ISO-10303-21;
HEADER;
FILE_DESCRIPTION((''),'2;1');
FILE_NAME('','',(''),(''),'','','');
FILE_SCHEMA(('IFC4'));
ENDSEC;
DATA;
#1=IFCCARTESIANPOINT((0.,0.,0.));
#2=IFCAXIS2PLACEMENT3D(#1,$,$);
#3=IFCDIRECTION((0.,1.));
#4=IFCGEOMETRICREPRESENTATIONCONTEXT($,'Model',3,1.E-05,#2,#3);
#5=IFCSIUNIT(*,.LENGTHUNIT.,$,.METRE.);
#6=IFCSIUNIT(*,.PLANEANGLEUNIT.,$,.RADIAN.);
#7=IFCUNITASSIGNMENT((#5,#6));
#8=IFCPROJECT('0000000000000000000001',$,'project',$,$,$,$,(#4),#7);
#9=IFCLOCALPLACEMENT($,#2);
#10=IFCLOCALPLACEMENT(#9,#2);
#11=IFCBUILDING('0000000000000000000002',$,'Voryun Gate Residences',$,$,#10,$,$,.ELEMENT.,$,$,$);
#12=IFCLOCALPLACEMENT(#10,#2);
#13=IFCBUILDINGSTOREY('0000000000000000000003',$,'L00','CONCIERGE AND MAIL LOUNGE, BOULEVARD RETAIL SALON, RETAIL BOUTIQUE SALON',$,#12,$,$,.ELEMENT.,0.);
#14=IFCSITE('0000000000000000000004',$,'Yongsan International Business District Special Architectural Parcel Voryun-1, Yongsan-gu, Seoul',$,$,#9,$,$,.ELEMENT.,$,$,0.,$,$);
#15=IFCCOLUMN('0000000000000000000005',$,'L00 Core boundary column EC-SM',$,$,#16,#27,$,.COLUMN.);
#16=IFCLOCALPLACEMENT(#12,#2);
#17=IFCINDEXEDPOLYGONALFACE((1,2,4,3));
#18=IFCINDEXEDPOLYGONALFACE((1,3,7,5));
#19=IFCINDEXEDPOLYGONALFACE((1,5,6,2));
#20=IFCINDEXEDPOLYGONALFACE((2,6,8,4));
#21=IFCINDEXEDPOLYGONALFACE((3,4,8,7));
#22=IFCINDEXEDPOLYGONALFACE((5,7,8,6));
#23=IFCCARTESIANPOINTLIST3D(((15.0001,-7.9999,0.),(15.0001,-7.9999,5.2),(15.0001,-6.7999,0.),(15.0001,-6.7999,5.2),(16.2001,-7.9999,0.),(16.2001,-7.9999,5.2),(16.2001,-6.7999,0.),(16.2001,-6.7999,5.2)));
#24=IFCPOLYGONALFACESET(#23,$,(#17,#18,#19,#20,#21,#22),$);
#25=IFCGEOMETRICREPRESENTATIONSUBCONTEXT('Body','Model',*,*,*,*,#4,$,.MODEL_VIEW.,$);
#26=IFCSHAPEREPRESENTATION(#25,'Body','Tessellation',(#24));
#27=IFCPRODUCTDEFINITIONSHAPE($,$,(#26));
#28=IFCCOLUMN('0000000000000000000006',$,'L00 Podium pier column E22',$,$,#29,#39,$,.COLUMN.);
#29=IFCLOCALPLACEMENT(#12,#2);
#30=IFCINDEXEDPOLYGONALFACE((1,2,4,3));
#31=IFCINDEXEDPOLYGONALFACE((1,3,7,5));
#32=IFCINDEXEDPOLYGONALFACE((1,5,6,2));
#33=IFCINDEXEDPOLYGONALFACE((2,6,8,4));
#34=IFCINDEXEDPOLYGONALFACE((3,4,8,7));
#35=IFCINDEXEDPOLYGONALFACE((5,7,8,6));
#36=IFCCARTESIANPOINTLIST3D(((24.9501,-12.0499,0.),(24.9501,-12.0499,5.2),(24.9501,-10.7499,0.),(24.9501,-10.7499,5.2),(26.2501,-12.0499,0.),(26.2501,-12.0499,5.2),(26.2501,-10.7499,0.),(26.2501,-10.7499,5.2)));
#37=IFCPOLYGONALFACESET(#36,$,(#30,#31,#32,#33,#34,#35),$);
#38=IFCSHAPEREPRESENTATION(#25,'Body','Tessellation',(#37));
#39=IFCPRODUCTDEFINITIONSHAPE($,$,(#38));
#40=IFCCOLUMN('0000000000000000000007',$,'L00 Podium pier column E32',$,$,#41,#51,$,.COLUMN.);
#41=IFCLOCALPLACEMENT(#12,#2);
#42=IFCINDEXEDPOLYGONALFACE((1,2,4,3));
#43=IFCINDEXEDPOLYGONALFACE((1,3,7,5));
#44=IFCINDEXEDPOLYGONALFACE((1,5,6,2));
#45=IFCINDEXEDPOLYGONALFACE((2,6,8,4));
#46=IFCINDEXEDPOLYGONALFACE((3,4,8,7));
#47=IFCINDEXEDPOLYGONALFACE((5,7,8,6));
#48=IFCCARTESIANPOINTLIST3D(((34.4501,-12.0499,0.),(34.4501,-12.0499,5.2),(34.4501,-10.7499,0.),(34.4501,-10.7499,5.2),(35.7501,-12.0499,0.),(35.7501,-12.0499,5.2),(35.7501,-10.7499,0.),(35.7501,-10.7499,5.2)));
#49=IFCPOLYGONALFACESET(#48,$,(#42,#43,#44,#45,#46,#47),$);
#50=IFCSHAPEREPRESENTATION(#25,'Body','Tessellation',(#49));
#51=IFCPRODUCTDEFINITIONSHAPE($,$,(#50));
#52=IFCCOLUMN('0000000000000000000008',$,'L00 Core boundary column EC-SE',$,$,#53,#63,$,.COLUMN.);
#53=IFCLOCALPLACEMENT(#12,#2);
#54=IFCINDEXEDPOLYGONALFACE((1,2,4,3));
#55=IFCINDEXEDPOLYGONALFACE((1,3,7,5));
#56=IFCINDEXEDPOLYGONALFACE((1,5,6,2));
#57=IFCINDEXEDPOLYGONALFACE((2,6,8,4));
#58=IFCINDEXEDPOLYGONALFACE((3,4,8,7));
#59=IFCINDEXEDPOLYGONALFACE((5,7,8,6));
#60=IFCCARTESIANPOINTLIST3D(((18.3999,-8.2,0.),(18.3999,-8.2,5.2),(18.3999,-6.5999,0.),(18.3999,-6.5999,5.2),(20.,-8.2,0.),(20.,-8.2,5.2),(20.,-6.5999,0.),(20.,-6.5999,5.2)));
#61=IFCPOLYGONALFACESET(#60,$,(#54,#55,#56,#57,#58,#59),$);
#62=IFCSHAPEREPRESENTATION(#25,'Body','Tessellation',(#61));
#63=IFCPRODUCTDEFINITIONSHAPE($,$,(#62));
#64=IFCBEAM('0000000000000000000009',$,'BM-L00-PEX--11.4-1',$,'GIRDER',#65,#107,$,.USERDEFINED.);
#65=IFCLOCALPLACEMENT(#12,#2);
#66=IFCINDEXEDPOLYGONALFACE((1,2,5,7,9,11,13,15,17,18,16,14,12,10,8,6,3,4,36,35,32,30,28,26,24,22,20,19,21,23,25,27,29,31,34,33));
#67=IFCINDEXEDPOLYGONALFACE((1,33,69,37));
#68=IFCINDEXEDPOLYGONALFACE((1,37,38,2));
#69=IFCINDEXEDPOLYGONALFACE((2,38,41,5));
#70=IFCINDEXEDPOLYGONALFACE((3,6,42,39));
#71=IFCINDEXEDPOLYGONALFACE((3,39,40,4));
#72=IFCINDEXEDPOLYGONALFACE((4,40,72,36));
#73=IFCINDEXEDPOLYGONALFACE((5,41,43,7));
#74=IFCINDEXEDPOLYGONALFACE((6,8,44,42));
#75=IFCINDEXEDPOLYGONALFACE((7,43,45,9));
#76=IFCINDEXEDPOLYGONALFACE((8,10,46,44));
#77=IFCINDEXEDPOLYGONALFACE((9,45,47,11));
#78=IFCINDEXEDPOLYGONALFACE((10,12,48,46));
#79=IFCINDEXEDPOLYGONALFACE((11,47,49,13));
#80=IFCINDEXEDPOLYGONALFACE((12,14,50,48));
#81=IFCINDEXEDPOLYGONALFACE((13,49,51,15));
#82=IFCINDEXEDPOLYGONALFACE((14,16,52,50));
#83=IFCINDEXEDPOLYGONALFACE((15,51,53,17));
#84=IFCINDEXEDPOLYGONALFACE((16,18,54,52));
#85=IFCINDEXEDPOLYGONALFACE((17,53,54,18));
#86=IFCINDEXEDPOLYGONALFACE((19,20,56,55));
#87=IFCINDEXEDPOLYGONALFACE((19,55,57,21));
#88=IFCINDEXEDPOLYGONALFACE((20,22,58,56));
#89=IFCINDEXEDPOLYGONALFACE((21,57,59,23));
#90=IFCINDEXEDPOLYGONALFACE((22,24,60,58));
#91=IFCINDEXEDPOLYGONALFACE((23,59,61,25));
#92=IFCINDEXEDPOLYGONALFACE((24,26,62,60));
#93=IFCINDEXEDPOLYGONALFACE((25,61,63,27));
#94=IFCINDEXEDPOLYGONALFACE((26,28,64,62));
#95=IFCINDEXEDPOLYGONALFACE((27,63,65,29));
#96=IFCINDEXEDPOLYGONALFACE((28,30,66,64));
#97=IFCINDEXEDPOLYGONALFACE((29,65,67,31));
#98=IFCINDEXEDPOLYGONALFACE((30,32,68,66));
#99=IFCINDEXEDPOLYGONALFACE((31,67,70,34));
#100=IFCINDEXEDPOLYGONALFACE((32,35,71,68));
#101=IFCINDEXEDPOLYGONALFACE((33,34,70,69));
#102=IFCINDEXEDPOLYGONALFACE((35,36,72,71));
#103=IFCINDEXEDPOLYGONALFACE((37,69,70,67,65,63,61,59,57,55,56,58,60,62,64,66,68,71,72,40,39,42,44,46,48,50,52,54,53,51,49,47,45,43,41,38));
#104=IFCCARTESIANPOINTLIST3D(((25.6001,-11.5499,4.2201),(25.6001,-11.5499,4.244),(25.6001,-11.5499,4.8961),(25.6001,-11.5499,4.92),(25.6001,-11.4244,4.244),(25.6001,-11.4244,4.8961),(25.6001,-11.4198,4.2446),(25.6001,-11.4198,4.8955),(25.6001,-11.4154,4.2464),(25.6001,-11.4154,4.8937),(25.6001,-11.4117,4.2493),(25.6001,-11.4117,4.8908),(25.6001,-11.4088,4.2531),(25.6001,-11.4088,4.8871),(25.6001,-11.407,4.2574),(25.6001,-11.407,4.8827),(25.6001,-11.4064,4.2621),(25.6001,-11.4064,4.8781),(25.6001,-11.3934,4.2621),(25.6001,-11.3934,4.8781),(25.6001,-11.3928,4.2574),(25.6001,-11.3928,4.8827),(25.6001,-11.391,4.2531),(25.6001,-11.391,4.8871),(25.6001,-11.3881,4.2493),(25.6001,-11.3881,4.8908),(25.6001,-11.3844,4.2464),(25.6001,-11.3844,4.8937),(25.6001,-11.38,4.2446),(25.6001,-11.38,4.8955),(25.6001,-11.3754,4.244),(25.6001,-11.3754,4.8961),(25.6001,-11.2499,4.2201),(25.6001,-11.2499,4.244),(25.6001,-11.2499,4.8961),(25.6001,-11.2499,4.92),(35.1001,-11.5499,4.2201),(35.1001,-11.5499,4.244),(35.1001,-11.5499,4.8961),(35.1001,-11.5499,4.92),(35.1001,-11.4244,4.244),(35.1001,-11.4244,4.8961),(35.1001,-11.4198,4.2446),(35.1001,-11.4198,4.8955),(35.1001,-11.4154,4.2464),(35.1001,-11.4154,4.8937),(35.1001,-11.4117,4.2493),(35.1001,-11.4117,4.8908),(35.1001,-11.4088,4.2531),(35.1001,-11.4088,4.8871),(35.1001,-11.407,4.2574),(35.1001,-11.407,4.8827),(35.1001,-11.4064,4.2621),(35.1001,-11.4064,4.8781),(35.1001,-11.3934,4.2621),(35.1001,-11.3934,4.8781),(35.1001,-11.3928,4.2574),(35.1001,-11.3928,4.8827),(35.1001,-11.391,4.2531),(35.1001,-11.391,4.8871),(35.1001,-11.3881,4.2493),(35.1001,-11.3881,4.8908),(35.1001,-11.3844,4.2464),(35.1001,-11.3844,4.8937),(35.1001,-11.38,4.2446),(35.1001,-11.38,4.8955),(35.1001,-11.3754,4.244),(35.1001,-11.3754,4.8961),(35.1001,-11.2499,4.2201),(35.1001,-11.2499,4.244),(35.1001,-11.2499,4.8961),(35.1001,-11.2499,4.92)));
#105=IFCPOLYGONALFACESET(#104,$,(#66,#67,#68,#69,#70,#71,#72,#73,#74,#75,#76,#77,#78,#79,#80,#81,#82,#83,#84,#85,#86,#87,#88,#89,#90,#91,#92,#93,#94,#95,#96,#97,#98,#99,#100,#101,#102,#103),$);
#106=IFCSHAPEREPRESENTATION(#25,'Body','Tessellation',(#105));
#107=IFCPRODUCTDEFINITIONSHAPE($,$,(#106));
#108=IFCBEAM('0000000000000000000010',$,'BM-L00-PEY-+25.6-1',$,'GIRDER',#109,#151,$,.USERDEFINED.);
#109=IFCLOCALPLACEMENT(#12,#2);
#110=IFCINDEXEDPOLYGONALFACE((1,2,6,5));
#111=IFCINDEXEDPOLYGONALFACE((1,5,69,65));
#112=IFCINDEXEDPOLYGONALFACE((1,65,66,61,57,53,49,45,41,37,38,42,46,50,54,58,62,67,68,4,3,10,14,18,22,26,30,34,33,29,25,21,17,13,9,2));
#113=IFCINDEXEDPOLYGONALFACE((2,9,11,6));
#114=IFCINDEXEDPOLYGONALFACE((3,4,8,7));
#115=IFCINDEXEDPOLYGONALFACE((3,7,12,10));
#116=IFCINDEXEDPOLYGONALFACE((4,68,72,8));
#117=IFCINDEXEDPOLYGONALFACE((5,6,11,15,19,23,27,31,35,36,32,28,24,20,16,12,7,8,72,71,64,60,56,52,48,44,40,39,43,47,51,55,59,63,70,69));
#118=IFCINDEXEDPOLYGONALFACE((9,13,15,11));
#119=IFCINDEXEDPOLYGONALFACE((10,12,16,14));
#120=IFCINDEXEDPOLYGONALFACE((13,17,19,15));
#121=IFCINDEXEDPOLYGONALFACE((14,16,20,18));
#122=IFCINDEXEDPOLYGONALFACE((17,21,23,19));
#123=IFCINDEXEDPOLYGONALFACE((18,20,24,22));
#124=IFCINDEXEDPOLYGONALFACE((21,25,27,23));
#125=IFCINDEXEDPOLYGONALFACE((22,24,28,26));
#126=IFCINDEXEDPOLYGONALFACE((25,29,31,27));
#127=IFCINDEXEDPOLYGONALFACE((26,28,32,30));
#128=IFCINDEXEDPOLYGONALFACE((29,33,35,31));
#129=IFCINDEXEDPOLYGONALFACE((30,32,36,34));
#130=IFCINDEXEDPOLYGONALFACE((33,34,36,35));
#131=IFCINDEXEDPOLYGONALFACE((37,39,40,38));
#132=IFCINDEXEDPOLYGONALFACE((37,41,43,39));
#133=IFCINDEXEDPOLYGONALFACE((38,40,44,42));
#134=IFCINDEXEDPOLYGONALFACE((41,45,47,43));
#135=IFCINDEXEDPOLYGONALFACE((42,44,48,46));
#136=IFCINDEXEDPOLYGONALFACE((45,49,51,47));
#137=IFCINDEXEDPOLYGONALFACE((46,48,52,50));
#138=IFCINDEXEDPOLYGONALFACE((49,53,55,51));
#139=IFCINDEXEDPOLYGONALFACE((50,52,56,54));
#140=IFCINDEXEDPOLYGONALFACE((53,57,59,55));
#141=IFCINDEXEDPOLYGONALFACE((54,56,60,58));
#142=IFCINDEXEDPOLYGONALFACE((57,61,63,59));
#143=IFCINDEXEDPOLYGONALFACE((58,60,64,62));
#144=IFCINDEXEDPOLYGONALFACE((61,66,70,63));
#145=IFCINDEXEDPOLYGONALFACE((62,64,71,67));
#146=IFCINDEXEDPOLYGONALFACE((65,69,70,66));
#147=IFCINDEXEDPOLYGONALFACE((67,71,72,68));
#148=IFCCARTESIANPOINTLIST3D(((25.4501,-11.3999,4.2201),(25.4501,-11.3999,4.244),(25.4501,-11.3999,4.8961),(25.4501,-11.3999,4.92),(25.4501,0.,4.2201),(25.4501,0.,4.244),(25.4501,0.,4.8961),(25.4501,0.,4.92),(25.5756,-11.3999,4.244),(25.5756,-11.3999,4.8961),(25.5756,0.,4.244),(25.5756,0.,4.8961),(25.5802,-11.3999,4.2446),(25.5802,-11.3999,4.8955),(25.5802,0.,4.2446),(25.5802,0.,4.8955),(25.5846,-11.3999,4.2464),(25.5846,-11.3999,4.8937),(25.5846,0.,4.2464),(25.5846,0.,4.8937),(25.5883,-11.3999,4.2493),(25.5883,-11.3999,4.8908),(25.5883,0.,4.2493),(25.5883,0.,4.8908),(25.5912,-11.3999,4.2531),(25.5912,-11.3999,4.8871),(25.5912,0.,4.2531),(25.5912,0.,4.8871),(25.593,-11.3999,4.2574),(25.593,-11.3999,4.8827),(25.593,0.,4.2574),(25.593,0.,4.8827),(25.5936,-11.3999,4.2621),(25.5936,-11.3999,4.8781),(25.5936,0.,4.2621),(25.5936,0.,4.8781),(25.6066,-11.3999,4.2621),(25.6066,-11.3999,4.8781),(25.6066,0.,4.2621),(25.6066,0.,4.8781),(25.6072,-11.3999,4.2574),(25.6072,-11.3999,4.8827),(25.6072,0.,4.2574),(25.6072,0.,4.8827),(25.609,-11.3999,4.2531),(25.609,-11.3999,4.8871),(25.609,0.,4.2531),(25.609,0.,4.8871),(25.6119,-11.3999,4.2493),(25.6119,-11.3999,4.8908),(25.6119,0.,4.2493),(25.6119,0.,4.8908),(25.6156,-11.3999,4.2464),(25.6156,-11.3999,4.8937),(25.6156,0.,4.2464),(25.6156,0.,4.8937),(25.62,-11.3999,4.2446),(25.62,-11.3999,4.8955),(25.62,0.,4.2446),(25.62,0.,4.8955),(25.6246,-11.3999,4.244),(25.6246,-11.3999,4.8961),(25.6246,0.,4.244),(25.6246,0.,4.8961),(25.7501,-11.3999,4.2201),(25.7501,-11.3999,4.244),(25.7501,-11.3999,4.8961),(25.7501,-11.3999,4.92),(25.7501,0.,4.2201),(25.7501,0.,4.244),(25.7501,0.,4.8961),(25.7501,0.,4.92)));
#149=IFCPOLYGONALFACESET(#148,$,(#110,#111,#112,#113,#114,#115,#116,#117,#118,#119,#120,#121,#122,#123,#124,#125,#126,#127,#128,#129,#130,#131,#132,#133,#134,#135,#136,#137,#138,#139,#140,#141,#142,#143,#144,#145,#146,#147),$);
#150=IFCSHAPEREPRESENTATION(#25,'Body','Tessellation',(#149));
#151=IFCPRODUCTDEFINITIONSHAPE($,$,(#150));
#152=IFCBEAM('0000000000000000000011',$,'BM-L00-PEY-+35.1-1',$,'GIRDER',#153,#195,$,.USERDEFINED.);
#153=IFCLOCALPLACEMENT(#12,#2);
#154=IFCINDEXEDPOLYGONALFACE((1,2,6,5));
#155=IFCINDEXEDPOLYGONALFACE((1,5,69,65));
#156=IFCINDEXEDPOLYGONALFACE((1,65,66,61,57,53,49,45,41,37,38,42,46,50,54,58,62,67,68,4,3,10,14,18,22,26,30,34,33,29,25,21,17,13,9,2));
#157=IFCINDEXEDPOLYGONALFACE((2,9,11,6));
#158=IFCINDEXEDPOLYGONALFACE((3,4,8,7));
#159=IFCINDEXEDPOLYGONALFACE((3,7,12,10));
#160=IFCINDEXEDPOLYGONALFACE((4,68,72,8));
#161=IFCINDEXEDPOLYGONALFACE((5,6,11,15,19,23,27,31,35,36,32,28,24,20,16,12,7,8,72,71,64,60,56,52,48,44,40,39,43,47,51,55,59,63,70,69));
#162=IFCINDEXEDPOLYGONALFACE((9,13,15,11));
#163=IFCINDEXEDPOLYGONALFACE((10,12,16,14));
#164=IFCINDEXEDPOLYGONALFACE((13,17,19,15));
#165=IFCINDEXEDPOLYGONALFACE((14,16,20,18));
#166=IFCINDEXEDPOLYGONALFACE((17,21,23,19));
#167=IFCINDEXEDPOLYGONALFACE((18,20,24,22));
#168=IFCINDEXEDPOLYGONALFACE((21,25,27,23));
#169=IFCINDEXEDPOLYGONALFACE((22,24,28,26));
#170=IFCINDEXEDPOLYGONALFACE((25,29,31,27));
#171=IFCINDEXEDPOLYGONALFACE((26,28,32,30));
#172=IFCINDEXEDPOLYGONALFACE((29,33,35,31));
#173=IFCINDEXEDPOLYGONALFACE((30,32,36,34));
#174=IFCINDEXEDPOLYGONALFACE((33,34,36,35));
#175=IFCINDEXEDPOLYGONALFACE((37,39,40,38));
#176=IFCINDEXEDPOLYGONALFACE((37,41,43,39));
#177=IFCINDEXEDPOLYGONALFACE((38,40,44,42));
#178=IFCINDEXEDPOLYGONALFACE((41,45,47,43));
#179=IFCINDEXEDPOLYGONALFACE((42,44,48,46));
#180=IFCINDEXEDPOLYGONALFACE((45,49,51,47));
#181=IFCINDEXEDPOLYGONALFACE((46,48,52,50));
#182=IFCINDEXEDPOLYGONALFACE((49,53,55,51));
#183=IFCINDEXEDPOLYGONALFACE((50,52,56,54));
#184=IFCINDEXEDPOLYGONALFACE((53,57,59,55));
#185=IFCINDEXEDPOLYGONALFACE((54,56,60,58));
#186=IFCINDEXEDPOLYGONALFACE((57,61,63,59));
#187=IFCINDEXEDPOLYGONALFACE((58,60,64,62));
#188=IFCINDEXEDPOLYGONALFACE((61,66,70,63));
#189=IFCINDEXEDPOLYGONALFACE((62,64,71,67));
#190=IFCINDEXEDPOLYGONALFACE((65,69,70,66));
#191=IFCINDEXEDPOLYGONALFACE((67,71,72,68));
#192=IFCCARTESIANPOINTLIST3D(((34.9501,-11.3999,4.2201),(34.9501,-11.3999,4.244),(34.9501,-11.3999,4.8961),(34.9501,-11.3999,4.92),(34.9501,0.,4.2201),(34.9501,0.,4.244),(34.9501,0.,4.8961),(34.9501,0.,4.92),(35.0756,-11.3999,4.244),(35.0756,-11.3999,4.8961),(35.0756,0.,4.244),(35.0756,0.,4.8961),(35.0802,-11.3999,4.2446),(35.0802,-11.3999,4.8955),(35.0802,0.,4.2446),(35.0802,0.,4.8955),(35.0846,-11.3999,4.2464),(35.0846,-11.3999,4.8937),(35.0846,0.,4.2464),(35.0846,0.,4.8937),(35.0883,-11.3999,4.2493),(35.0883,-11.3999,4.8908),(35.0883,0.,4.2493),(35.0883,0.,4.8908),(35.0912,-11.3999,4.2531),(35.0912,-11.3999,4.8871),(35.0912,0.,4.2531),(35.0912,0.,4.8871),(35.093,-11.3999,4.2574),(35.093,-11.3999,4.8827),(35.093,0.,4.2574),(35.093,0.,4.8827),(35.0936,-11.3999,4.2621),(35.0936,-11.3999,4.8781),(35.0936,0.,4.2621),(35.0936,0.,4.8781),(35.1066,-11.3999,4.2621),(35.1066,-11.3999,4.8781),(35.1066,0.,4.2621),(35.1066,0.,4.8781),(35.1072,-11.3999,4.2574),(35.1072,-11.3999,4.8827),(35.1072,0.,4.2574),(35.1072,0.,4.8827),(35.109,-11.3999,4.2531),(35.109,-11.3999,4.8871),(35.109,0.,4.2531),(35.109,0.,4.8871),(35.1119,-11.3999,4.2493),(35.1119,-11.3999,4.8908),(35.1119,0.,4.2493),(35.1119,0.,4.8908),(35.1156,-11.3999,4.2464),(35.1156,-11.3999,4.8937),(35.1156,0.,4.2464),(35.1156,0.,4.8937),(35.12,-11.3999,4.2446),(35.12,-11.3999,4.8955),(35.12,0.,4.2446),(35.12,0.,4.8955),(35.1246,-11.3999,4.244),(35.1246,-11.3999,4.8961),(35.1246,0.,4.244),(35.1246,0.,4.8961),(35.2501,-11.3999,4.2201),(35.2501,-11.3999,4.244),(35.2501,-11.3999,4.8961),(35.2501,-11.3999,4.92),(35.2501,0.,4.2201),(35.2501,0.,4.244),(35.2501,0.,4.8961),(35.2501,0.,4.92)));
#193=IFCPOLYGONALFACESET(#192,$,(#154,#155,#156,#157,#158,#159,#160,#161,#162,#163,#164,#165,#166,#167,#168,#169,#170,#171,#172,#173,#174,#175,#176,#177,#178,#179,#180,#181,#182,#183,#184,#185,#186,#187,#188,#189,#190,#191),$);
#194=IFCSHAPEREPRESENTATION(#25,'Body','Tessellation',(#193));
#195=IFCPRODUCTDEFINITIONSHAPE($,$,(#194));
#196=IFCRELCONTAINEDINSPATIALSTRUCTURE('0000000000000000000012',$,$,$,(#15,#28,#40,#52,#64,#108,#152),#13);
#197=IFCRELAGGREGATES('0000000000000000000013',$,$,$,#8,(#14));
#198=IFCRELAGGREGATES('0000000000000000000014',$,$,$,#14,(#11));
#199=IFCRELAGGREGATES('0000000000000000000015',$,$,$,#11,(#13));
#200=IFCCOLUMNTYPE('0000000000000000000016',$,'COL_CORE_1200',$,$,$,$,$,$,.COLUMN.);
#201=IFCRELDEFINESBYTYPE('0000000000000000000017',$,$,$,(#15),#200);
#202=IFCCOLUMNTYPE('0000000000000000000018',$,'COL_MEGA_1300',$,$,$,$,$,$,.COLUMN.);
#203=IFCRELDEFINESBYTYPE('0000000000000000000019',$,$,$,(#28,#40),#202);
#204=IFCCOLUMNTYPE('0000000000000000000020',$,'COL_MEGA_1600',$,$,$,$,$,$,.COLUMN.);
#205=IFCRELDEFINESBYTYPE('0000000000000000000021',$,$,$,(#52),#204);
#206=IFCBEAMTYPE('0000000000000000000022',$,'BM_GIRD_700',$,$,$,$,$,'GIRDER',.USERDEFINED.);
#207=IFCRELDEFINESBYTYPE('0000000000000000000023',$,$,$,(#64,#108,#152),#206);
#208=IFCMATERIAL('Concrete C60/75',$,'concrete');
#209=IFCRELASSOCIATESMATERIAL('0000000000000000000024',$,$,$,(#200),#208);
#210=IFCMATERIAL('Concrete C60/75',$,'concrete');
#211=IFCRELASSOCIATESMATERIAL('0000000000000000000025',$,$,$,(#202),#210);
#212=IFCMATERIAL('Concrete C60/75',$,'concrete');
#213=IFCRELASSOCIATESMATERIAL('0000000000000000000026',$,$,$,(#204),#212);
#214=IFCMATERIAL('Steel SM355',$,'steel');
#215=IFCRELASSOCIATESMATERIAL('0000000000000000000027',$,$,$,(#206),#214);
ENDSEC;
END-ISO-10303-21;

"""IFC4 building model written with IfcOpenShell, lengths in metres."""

from ifc_helpers import new_model, si_unit, direction, frame, origin, origin_2d, place, context, subcontext, project, spatial, rectangle, i_section, extrude, material, material_profile, profile_set, type_object, element, save


model = new_model("IFC4")

# Units and contexts
model_context = context("Model", 3, precision=1e-05, world=origin(), true_north=direction((0.0, 1.0)))
body_context = subcontext(model_context, "Body", "Model", "MODEL_VIEW")
ifc_project = project(units=[si_unit("LENGTHUNIT", "METRE"), si_unit("PLANEANGLEUNIT", "RADIAN")], contexts=[model_context])

# Site, building, storey
site_placement = place(None, origin())
site = spatial("IfcSite", under=ifc_project, at=site_placement, Name="Yongsan International Business District Special Architectural Parcel Voryun-1, Yongsan-gu, Seoul", CompositionType="ELEMENT", RefElevation=0.0)
building_placement = place(site_placement, origin())
building = spatial("IfcBuilding", under=site, at=building_placement, Name="Voryun Gate Residences", CompositionType="ELEMENT")
storey_placement = place(building_placement, origin())
storey = spatial("IfcBuildingStorey", under=building, at=storey_placement, Name="L00", Description="CONCIERGE AND MAIL LOUNGE, BOULEVARD RETAIL SALON, RETAIL BOUTIQUE SALON", CompositionType="ELEMENT", Elevation=0.0)

# Columns
ifc_material_1 = material(Name="Concrete C60/75", Category="concrete")
ifc_material_profile_1 = material_profile(ifc_material_1, rectangle(XDim=1.2, YDim=1.2, at=origin_2d()), Name="RC-1200x1200")
ifc_profile_set_1 = profile_set([ifc_material_profile_1], Name="Concrete C60/75")
column_type_1 = type_object("IfcColumnType", Name="COL_CORE_1200", PredefinedType="COLUMN", material=ifc_profile_set_1)
column_1_placement = place(storey_placement, frame((15.6001, -7.3999, 0.0), z_axis=(0.0, 0.0, 1.0), x_axis=(1.0, 0.0, 0.0)))
element("IfcColumn", 1, at=column_1_placement, inside=storey, type_object=column_type_1, Name="L00 Core boundary column EC-SM", PredefinedType="COLUMN", context=body_context, shape_type="SweptSolid", body=[
    extrude(rectangle(XDim=1.2, YDim=1.2, at=origin_2d()), origin(), (0.0, 0.0, 1.0), 5.2),
])
ifc_material_2 = material(Name="Concrete C60/75", Category="concrete")
ifc_material_profile_2 = material_profile(ifc_material_2, rectangle(XDim=1.3, YDim=1.3, at=origin_2d()), Name="RC-1300x1300")
ifc_profile_set_2 = profile_set([ifc_material_profile_2], Name="Concrete C60/75")
column_type_2 = type_object("IfcColumnType", Name="COL_MEGA_1300", PredefinedType="COLUMN", material=ifc_profile_set_2)
for number, where, z_axis, x_axis, name in (
    (2, (25.6001, -11.3999, 0.0), (0.0, 0.0, 1.0), (1.0, 0.0, 0.0), "L00 Podium pier column E22"),
    (3, (35.1001, -11.3999, 0.0), (0.0, 0.0, 1.0), (1.0, 0.0, 0.0), "L00 Podium pier column E32"),
):
    element("IfcColumn", number, at=place(storey_placement, frame(where, z_axis=z_axis, x_axis=x_axis)), inside=storey, type_object=column_type_2, Name=name, PredefinedType="COLUMN", context=body_context, shape_type="SweptSolid", body=[
        extrude(rectangle(XDim=1.3, YDim=1.3, at=origin_2d()), origin(), (0.0, 0.0, 1.0), 5.2),
    ])
ifc_material_3 = material(Name="Concrete C60/75", Category="concrete")
ifc_material_profile_3 = material_profile(ifc_material_3, rectangle(XDim=1.6001, YDim=1.6001, at=origin_2d()), Name="RC-1600x1600")
ifc_profile_set_3 = profile_set([ifc_material_profile_3], Name="Concrete C60/75")
column_type_3 = type_object("IfcColumnType", Name="COL_MEGA_1600", PredefinedType="COLUMN", material=ifc_profile_set_3)
column_2_placement = place(storey_placement, frame((19.2, -7.3999, 0.0), z_axis=(0.0, 0.0, 1.0), x_axis=(1.0, 0.0, 0.0)))
element("IfcColumn", 4, at=column_2_placement, inside=storey, type_object=column_type_3, Name="L00 Core boundary column EC-SE", PredefinedType="COLUMN", context=body_context, shape_type="SweptSolid", body=[
    extrude(rectangle(XDim=1.6001, YDim=1.6001, at=origin_2d()), origin(), (0.0, 0.0, 1.0), 5.2),
])

# Beams
ifc_material_4 = material(Name="Steel SM355", Category="steel")
ifc_material_profile_4 = material_profile(ifc_material_4, i_section(OverallWidth=0.3, OverallDepth=0.7, WebThickness=0.0129, FlangeThickness=0.0239, FilletRadius=0.0181, at=origin_2d()), Name="H-700x300x13x24")
ifc_profile_set_4 = profile_set([ifc_material_profile_4], Name="Steel SM355")
beam_type = type_object("IfcBeamType", Name="BM_GIRD_700", ElementType="GIRDER", PredefinedType="USERDEFINED", material=ifc_profile_set_4)
beam_placement = place(storey_placement, frame((25.6001, -11.3999, 4.5701), z_axis=(1.0, 0.0, 0.0), x_axis=(0.0, 1.0, 0.0)))
element("IfcBeam", 5, at=beam_placement, inside=storey, type_object=beam_type, Name="BM-L00-PEX--11.4-1", ObjectType="GIRDER", PredefinedType="USERDEFINED", context=body_context, shape_type="SweptSolid", body=[
    extrude(i_section(OverallWidth=0.3, OverallDepth=0.7, WebThickness=0.0129, FlangeThickness=0.0239, FilletRadius=0.0181, at=origin_2d()), origin(), (0.0, 0.0, 1.0), 9.5),
])
for number, where, z_axis, x_axis, name in (
    (6, (25.6001, -11.3999, 4.5701), (0.0, 1.0, 0.0), (-1.0, 0.0, 0.0), "BM-L00-PEY-+25.6-1"),
    (7, (35.1001, -11.3999, 4.5701), (0.0, 1.0, 0.0), (-1.0, 0.0, 0.0), "BM-L00-PEY-+35.1-1"),
):
    element("IfcBeam", number, at=place(storey_placement, frame(where, z_axis=z_axis, x_axis=x_axis)), inside=storey, type_object=beam_type, Name=name, ObjectType="GIRDER", PredefinedType="USERDEFINED", context=body_context, shape_type="SweptSolid", body=[
        extrude(i_section(OverallWidth=0.3, OverallDepth=0.7, WebThickness=0.0129, FlangeThickness=0.0239, FilletRadius=0.0181, at=origin_2d()), origin(), (0.0, 0.0, 1.0), 11.3999),
    ])

save(model, "model.ifc")
